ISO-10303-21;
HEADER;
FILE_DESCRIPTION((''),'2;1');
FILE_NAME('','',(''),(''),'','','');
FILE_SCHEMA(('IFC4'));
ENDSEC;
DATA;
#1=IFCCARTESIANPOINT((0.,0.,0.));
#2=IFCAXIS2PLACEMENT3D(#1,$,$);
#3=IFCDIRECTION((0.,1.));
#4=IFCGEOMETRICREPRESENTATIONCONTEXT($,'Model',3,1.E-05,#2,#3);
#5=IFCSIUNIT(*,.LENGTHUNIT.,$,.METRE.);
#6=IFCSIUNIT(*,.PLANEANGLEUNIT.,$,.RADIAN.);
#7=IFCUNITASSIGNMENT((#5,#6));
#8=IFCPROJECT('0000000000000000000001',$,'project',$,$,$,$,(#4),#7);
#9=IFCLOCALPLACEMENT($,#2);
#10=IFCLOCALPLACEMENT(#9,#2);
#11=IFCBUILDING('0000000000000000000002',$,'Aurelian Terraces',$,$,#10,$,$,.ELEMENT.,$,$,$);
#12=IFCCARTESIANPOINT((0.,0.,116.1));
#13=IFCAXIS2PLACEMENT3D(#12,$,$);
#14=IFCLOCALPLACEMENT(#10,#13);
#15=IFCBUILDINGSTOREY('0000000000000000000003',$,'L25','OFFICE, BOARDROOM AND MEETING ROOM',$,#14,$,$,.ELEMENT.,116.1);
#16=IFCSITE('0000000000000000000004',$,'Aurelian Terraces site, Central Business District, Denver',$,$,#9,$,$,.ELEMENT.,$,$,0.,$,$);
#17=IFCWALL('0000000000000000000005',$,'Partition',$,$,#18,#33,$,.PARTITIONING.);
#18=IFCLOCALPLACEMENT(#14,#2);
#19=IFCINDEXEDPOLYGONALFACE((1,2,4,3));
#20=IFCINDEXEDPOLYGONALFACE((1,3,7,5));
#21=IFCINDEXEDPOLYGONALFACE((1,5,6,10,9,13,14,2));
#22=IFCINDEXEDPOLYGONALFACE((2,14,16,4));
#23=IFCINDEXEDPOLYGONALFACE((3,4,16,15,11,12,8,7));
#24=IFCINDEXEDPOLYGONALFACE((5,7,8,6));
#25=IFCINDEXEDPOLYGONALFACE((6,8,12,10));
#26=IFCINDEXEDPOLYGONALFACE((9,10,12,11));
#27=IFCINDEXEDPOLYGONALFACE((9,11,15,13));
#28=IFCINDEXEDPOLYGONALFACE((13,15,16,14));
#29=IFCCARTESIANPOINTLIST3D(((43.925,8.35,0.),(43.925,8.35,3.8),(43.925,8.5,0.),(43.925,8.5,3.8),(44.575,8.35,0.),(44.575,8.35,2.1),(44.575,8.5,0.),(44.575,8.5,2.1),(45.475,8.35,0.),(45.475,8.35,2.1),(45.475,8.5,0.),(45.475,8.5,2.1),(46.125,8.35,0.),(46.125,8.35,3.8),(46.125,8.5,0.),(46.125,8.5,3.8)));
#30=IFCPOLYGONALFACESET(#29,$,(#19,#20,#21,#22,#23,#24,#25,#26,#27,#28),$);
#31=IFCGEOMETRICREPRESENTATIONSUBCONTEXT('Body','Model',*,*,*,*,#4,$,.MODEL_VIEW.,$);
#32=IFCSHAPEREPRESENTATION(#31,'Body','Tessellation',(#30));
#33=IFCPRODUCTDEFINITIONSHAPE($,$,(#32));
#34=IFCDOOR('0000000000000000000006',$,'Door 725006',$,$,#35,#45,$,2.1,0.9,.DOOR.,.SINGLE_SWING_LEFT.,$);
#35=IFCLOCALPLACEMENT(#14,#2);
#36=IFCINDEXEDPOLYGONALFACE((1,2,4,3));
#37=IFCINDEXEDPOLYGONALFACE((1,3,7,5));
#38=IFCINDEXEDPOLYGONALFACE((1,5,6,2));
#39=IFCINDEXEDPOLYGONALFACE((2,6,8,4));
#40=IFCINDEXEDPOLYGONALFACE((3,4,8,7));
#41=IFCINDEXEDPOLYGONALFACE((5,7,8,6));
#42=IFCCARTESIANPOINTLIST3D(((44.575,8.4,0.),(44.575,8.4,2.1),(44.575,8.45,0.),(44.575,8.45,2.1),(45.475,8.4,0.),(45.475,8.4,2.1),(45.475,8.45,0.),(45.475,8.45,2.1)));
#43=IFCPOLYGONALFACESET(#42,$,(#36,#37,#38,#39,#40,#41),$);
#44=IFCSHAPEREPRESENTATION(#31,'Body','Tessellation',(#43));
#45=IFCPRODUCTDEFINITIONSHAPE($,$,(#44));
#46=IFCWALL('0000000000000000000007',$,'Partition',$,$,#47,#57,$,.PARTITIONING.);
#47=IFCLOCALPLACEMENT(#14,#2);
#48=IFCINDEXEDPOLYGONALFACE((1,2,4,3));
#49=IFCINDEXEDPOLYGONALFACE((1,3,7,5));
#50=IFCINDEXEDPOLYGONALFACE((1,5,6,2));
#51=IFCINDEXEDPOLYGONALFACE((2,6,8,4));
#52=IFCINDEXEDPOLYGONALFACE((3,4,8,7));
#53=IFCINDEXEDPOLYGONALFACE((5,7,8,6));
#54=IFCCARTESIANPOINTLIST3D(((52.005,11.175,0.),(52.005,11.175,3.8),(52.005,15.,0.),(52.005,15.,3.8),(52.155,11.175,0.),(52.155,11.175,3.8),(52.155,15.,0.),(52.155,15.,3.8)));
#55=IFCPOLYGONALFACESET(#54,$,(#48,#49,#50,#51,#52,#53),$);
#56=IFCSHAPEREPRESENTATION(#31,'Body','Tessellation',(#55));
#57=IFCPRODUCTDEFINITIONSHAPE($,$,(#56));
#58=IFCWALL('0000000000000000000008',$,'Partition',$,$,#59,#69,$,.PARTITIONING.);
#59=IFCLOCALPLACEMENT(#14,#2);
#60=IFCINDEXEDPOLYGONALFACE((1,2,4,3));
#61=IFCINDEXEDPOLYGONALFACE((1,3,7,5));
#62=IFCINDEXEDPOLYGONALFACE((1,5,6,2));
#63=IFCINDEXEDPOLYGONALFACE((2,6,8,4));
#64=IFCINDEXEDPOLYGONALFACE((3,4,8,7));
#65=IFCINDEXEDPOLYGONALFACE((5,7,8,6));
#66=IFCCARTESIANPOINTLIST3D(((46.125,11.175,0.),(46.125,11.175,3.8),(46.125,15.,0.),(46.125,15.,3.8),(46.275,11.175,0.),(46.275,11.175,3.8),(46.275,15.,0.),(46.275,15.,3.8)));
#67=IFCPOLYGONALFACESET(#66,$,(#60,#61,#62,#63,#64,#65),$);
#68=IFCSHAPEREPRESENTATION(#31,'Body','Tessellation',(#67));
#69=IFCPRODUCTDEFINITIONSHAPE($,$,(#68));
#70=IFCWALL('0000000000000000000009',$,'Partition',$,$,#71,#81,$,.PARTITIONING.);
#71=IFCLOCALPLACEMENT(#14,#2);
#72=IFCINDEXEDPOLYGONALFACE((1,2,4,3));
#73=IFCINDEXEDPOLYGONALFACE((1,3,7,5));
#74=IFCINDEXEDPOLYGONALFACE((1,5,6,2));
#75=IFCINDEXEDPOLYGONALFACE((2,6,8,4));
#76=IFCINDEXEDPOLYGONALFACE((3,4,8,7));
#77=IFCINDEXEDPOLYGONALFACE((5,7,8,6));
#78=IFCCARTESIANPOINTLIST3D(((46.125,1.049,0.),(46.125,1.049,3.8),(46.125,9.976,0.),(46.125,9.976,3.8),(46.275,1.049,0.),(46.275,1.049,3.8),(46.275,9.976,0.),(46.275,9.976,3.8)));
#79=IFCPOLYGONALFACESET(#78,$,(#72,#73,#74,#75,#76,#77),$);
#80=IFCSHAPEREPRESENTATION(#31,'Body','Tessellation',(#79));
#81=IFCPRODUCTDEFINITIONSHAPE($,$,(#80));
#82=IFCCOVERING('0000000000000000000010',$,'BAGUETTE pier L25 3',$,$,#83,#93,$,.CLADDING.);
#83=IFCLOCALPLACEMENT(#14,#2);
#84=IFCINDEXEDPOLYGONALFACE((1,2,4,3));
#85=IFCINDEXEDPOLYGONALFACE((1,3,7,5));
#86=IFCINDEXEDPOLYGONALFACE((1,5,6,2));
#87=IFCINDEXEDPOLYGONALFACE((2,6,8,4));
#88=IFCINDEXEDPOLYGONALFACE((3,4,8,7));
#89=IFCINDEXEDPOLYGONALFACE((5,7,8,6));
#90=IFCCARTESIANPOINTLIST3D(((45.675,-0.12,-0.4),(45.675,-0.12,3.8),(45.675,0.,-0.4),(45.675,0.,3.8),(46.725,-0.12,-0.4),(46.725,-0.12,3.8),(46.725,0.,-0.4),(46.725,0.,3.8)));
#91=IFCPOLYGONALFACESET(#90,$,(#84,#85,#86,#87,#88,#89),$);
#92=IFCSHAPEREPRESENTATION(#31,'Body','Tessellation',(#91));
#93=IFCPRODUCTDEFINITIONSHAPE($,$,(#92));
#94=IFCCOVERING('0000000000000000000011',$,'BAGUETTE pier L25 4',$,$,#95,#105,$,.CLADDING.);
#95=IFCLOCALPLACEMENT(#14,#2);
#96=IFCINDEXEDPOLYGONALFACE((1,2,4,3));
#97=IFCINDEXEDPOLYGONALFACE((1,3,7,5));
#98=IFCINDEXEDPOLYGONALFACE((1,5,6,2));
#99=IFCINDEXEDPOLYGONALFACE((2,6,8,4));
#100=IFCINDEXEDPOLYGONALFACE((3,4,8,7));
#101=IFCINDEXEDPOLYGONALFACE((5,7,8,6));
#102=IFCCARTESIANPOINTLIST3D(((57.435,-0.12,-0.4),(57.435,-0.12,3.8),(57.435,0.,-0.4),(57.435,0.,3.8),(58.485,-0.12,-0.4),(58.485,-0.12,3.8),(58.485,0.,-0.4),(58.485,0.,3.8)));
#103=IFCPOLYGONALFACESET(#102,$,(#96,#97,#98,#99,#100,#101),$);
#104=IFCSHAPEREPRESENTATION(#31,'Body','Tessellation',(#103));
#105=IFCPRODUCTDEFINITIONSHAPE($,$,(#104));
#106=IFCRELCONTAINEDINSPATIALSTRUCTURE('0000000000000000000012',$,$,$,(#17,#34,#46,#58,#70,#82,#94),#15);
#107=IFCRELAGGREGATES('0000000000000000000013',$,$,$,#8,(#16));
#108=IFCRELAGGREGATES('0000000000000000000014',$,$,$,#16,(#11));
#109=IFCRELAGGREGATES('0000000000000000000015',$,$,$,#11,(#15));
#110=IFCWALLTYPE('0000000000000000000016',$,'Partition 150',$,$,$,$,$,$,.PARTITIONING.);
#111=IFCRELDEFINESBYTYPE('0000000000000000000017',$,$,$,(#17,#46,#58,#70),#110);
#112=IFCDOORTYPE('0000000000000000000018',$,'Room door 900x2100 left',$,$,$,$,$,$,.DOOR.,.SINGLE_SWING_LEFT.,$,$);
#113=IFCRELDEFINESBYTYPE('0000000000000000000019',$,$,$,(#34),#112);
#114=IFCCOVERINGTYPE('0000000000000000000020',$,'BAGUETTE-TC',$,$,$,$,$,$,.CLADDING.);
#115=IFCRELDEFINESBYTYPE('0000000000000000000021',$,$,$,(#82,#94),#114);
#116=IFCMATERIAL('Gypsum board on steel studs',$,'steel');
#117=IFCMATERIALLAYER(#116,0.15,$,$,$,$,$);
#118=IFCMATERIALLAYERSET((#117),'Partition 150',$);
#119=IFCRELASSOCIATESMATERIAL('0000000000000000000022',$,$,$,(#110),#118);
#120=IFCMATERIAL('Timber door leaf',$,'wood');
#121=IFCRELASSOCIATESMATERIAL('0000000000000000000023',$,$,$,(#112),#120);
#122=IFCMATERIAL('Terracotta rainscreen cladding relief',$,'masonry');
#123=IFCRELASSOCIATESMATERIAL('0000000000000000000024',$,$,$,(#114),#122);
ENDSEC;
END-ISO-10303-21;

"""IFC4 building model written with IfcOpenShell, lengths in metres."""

from ifc_helpers import new_model, si_unit, direction, frame, frame_2d, origin, origin_2d, place, context, subcontext, project, spatial, rectangle, extrude, source, transform, mapped, material, layer, layer_set, type_object, element, fill, save


model = new_model("IFC4")

# Units and contexts
model_context = context("Model", 3, precision=1e-05, world=origin(), true_north=direction((0.0, 1.0)))
body_context = subcontext(model_context, "Body", "Model", "MODEL_VIEW")
ifc_project = project(units=[si_unit("LENGTHUNIT", "METRE"), si_unit("PLANEANGLEUNIT", "RADIAN")], contexts=[model_context])

# Site, building, storey
site_placement = place(None, origin())
site = spatial("IfcSite", under=ifc_project, at=site_placement, Name="Aurelian Terraces site, Central Business District, Denver", CompositionType="ELEMENT", RefElevation=0.0)
building_placement = place(site_placement, origin())
building = spatial("IfcBuilding", under=site, at=building_placement, Name="Aurelian Terraces", CompositionType="ELEMENT")
storey_placement = place(building_placement, frame((0.0, 0.0, 116.1)))
storey = spatial("IfcBuildingStorey", under=building, at=storey_placement, Name="L25", Description="OFFICE, BOARDROOM AND MEETING ROOM", CompositionType="ELEMENT", Elevation=116.1)

# Wall, opening, door
ifc_material_1 = material(Name="Gypsum board on steel studs", Category="steel")
ifc_layer_1 = layer(ifc_material_1, 0.15)
ifc_layer_set_1 = layer_set([ifc_layer_1], Name="Partition 150")
wall_type_1 = type_object("IfcWallType", Name="Partition 150", PredefinedType="PARTITIONING", material=ifc_layer_set_1)
shared_shape_1 = source(origin(), body_context, "Body", "SweptSolid", [
    extrude(rectangle(XDim=2.2, YDim=0.15, at=frame_2d((1.1, 0.0))), origin(), (0.0, 0.0, 1.0), 3.8),
])
wall_1_placement = place(storey_placement, frame((46.125, 8.425, 0.0), z_axis=(0.0, 0.0, 1.0), x_axis=(-1.0, 0.0, 0.0)))
wall_1 = element("IfcWall", 1, at=wall_1_placement, inside=storey, type_object=wall_type_1, Name="Partition", PredefinedType="PARTITIONING", context=body_context, shape_type="MappedRepresentation", body=[
    mapped(shared_shape_1, transform((0.0, 0.0, 0.0), scale=1.0)),
])
shared_shape_2 = source(origin(), body_context, "Body", "SweptSolid", [
    extrude(rectangle(XDim=0.9, YDim=2.1, at=frame_2d((0.45, 1.05))), frame((0.0, 0.085, 0.0), z_axis=(0.0, -1.0, 0.0), x_axis=(1.0, 0.0, 0.0)), (0.0, 0.0, 1.0), 0.17),
])
opening_1_placement = place(wall_1_placement, frame((0.65, 0.0, 0.0)))
opening_1 = element("IfcOpeningElement", 2, at=opening_1_placement, cuts=wall_1, PredefinedType="OPENING", context=body_context, shape_type="MappedRepresentation", body=[
    mapped(shared_shape_2, transform((0.0, 0.0, 0.0), scale=1.0)),
])
ifc_material_2 = material(Name="Timber door leaf", Category="wood")
door_type = type_object("IfcDoorType", Name="Room door 900x2100 left", OperationType="SINGLE_SWING_LEFT", PredefinedType="DOOR", material=ifc_material_2)
shared_shape_3 = source(origin(), body_context, "Body", "SweptSolid", [
    extrude(rectangle(XDim=0.9, YDim=2.1, at=frame_2d((0.45, 1.05))), frame((0.0, 0.025, 0.0), z_axis=(0.0, -1.0, 0.0), x_axis=(1.0, 0.0, 0.0)), (0.0, 0.0, 1.0), 0.05),
])
door_placement = place(opening_1_placement, origin())
door = element("IfcDoor", 3, at=door_placement, inside=storey, type_object=door_type, Name="Door 725006", OperationType="SINGLE_SWING_LEFT", OverallHeight=2.1, OverallWidth=0.9, PredefinedType="DOOR", context=body_context, shape_type="MappedRepresentation", body=[
    mapped(shared_shape_3, transform((0.0, 0.0, 0.0), scale=1.0)),
])
fill(opening_1, door)

# Walls
shared_shape_4 = source(origin(), body_context, "Body", "SweptSolid", [
    extrude(rectangle(XDim=3.825, YDim=0.15, at=frame_2d((1.9125, 0.0))), origin(), (0.0, 0.0, 1.0), 3.8),
])
for number, where, z_axis, x_axis, name in (
    (4, (52.08, 11.175, 0.0), (0.0, 0.0, 1.0), (0.0, 1.0, 0.0), "Partition"),
    (5, (46.2, 11.175, 0.0), (0.0, 0.0, 1.0), (0.0, 1.0, 0.0), "Partition"),
):
    element("IfcWall", number, at=place(storey_placement, frame(where, z_axis=z_axis, x_axis=x_axis)), inside=storey, type_object=wall_type_1, Name=name, PredefinedType="PARTITIONING", context=body_context, shape_type="MappedRepresentation", body=[
        mapped(shared_shape_4, transform((0.0, 0.0, 0.0), scale=1.0)),
    ])
shared_shape_5 = source(origin(), body_context, "Body", "SweptSolid", [
    extrude(rectangle(XDim=8.927, YDim=0.15, at=frame_2d((4.4635, 0.0))), origin(), (0.0, 0.0, 1.0), 3.8),
])
wall_2_placement = place(storey_placement, frame((46.2, 1.049, 0.0), z_axis=(0.0, 0.0, 1.0), x_axis=(0.0, 1.0, 0.0)))
element("IfcWall", 6, at=wall_2_placement, inside=storey, type_object=wall_type_1, Name="Partition", PredefinedType="PARTITIONING", context=body_context, shape_type="MappedRepresentation", body=[
    mapped(shared_shape_5, transform((0.0, 0.0, 0.0), scale=1.0)),
])

# Coverings
ifc_material_3 = material(Name="Terracotta rainscreen cladding relief", Category="masonry")
covering_type = type_object("IfcCoveringType", Name="BAGUETTE-TC", PredefinedType="CLADDING", material=ifc_material_3)
shared_shape_6 = source(origin(), body_context, "Body", "SweptSolid", [
    extrude(rectangle(XDim=1.05, YDim=0.12, at=origin_2d()), origin(), (0.0, 0.0, 1.0), 4.2),
])
for number, where, z_axis, x_axis, name in (
    (7, (46.2, -0.06, -0.4), (0.0, 0.0, 1.0), (1.0, 0.0, 0.0), "BAGUETTE pier L25 3"),
    (8, (57.96, -0.06, -0.4), (0.0, 0.0, 1.0), (1.0, 0.0, 0.0), "BAGUETTE pier L25 4"),
):
    element("IfcCovering", number, at=place(storey_placement, frame(where, z_axis=z_axis, x_axis=x_axis)), inside=storey, type_object=covering_type, Name=name, PredefinedType="CLADDING", context=body_context, shape_type="MappedRepresentation", body=[
        mapped(shared_shape_6, transform((0.0, 0.0, 0.0), scale=1.0)),
    ])

save(model, "model.ifc")
